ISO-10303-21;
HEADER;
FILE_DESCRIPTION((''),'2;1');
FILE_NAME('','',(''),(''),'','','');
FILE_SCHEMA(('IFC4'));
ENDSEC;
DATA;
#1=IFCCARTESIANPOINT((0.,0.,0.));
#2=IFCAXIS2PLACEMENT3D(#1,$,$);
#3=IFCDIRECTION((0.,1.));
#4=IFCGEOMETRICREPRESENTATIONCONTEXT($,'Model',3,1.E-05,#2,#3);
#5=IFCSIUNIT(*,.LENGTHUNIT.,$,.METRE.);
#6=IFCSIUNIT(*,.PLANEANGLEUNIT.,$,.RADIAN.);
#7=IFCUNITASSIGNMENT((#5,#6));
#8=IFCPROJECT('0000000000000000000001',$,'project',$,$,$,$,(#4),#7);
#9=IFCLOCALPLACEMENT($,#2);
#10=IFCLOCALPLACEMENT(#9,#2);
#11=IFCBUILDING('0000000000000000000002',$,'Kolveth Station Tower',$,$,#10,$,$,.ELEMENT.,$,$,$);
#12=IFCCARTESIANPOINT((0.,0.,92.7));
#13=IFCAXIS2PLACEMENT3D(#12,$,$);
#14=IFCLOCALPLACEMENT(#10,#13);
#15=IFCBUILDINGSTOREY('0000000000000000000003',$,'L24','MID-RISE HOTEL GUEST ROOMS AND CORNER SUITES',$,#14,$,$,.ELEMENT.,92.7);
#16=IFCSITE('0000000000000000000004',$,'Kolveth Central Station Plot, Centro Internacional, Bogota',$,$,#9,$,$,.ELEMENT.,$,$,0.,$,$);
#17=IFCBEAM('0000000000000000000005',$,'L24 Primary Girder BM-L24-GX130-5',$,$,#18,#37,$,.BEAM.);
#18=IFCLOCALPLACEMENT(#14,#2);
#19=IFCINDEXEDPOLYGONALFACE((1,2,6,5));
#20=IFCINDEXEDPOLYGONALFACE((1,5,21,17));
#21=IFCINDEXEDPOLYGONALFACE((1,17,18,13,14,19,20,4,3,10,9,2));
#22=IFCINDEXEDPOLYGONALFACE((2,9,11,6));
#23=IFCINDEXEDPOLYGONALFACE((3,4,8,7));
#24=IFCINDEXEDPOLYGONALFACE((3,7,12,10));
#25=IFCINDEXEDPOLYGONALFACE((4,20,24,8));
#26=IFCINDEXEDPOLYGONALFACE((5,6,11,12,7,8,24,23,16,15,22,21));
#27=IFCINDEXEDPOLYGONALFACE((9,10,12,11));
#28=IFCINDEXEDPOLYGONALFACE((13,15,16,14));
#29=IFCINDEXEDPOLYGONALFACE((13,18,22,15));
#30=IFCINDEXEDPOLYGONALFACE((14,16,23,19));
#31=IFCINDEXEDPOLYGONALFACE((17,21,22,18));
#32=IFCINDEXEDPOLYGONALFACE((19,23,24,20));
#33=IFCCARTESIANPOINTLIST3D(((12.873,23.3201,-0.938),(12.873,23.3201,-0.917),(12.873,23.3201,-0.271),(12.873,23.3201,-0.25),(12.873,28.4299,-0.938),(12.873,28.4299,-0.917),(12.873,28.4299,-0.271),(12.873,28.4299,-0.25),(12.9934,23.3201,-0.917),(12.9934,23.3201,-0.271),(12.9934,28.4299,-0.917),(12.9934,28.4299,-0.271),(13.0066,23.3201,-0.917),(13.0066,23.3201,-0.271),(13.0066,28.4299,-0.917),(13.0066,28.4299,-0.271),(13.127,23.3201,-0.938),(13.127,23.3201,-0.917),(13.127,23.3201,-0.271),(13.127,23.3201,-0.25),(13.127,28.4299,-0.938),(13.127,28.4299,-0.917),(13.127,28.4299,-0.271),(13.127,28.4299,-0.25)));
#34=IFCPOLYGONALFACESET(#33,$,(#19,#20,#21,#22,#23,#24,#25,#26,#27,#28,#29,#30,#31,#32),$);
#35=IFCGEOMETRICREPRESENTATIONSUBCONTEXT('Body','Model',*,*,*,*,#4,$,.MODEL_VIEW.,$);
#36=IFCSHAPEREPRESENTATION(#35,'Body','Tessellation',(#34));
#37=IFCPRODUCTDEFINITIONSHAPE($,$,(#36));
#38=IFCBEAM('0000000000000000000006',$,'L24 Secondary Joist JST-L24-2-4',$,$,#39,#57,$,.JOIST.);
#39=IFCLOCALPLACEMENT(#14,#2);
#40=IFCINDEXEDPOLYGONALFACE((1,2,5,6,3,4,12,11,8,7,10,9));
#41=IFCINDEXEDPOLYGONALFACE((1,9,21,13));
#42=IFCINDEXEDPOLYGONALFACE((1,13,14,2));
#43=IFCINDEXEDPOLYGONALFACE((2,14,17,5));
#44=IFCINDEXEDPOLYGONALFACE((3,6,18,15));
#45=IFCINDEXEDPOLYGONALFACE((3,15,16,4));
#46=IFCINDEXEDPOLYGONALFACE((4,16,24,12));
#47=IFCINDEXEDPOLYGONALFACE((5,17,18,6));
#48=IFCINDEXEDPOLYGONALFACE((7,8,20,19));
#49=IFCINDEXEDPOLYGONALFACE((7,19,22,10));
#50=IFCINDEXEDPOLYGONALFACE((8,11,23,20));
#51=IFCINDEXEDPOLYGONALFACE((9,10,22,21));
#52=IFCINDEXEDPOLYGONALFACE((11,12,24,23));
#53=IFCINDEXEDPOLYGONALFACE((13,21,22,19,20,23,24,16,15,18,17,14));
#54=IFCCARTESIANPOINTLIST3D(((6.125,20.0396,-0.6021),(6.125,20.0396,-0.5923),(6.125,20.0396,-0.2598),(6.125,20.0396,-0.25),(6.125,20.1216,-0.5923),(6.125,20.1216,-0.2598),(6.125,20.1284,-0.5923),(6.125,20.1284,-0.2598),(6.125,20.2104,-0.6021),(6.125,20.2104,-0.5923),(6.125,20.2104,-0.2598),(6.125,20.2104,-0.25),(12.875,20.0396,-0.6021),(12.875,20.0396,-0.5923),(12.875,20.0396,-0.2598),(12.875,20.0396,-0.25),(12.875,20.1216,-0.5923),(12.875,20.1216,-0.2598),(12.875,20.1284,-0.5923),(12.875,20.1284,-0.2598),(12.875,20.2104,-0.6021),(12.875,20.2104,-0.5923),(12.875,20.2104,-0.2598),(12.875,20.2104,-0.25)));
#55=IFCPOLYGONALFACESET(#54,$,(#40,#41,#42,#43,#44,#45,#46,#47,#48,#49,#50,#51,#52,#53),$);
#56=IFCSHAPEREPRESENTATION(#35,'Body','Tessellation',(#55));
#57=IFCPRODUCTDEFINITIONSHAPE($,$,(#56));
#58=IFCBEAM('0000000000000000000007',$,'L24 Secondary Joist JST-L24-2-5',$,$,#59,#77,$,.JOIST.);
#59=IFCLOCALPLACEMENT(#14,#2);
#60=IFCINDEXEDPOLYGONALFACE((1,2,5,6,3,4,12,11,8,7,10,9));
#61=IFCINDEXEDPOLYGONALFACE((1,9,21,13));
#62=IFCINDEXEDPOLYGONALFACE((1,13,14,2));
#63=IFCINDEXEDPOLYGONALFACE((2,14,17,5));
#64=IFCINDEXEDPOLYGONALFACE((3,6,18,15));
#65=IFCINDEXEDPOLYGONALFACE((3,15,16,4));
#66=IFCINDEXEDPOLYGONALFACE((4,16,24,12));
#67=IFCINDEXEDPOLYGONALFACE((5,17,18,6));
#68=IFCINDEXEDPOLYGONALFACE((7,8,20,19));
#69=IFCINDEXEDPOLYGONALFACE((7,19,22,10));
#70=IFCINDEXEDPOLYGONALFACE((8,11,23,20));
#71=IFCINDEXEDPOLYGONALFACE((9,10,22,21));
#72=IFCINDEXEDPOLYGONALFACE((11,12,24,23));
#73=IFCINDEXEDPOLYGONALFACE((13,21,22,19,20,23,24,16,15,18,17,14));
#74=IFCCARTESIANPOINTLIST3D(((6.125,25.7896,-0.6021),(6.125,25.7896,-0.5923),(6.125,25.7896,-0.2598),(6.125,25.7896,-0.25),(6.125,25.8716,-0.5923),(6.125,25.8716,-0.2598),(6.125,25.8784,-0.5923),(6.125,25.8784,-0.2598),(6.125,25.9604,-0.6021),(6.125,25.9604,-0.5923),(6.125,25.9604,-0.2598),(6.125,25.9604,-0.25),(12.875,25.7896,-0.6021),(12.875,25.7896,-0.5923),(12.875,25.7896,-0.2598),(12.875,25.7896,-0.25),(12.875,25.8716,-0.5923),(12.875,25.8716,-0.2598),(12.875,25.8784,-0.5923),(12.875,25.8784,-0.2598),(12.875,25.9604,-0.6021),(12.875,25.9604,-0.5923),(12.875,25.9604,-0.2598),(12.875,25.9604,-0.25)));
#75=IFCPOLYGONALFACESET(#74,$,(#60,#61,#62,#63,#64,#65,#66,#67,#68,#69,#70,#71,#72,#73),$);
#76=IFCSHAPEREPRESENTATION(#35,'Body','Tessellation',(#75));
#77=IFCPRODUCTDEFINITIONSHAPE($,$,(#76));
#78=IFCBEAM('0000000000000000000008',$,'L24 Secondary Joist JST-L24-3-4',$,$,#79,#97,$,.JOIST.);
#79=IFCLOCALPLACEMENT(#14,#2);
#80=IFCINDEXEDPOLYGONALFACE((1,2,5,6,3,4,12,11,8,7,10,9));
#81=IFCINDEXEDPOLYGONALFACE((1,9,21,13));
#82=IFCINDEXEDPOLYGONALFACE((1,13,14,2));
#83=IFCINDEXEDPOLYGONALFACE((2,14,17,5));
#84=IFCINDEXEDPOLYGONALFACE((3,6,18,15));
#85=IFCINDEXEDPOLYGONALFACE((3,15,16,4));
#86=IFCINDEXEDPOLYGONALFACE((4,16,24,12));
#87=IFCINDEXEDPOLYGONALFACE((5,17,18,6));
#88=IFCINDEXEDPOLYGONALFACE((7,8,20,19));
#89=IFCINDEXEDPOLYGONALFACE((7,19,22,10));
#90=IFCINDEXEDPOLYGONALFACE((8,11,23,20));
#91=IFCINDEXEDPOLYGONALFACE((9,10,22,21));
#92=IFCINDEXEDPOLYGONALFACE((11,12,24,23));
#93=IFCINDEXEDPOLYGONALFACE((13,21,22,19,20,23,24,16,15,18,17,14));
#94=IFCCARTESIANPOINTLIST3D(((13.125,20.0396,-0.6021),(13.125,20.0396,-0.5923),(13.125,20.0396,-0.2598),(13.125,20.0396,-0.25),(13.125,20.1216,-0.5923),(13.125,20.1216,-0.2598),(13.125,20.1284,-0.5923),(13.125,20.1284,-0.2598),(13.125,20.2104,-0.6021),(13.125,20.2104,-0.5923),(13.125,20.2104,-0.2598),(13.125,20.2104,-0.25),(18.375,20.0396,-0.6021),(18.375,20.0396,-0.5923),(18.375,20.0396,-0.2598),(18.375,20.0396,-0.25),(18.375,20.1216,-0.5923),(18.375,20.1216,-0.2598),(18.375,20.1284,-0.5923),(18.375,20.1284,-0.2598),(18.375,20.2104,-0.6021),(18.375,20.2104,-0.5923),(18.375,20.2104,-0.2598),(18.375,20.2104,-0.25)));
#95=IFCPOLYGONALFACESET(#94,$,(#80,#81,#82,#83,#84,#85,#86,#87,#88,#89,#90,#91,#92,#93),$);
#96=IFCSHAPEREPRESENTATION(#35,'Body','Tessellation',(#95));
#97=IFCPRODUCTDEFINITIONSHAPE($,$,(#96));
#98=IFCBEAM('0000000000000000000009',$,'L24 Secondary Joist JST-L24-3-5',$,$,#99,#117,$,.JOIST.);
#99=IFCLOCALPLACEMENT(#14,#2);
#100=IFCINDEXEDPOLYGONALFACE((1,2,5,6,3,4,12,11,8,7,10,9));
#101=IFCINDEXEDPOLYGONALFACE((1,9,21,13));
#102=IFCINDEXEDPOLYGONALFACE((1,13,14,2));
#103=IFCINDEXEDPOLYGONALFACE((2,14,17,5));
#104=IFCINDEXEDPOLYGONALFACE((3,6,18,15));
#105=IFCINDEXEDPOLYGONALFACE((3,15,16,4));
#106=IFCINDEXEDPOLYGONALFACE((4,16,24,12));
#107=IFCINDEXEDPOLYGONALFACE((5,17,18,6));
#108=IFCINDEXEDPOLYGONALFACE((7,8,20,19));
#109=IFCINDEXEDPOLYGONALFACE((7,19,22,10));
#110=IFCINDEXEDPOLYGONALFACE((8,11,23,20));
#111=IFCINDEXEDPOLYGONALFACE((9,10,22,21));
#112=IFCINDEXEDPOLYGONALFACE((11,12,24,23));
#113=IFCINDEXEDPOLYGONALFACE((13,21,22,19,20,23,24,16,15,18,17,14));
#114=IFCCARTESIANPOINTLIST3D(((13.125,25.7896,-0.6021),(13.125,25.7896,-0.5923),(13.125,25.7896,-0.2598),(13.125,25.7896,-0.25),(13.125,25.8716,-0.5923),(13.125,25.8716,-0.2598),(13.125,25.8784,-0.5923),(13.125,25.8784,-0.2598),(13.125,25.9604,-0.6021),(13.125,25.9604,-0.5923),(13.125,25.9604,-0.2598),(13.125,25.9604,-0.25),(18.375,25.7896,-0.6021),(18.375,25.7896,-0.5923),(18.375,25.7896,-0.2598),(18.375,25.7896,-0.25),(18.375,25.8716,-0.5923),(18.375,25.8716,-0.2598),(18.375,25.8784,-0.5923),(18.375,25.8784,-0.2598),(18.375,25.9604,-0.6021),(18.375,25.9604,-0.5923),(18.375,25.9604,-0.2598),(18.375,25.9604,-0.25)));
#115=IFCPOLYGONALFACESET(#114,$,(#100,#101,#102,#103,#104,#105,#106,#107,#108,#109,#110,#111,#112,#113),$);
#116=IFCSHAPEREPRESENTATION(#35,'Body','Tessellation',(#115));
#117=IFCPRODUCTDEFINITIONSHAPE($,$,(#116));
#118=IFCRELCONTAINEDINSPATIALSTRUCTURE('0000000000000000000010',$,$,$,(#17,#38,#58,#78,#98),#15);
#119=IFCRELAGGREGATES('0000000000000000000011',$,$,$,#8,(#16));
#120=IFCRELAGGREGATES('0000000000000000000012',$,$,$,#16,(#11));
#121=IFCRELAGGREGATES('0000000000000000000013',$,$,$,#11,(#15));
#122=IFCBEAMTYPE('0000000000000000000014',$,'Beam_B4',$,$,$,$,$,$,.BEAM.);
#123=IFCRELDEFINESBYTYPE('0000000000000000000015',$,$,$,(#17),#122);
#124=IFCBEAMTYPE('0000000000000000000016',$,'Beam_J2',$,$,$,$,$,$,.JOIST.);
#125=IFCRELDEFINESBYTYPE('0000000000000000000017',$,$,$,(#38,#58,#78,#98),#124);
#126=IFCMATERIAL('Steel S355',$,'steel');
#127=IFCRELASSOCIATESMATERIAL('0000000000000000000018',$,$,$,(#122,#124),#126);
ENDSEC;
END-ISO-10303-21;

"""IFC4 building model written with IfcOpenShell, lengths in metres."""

from ifc_helpers import new_model, si_unit, direction, frame, origin, origin_2d, place, context, subcontext, project, spatial, i_section, extrude, source, transform, mapped, material, material_profile, profile_set, type_object, element, save


model = new_model("IFC4")

# Units and contexts
model_context = context("Model", 3, precision=1e-05, world=origin(), true_north=direction((0.0, 1.0)))
body_context = subcontext(model_context, "Body", "Model", "MODEL_VIEW")
ifc_project = project(units=[si_unit("LENGTHUNIT", "METRE"), si_unit("PLANEANGLEUNIT", "RADIAN")], contexts=[model_context])

# Site, building, storey
site_placement = place(None, origin())
site = spatial("IfcSite", under=ifc_project, at=site_placement, Name="Kolveth Central Station Plot, Centro Internacional, Bogota", CompositionType="ELEMENT", RefElevation=0.0)
building_placement = place(site_placement, origin())
building = spatial("IfcBuilding", under=site, at=building_placement, Name="Kolveth Station Tower", CompositionType="ELEMENT")
storey_placement = place(building_placement, frame((0.0, 0.0, 92.7)))
storey = spatial("IfcBuildingStorey", under=building, at=storey_placement, Name="L24", Description="MID-RISE HOTEL GUEST ROOMS AND CORNER SUITES", CompositionType="ELEMENT", Elevation=92.7)

# Shared definitions
ifc_material_1 = material(Name="Steel S355", Category="steel")

# Beams
ifc_material_profile_1 = material_profile(ifc_material_1, i_section(OverallWidth=0.2539, OverallDepth=0.688, WebThickness=0.0132, FlangeThickness=0.021, at=origin_2d()), Name="W690x152")
ifc_profile_set_1 = profile_set([ifc_material_profile_1], Name="Steel S355")
beam_type_1 = type_object("IfcBeamType", Name="Beam_B4", PredefinedType="BEAM", material=ifc_profile_set_1)
shared_shape_1 = source(origin(), body_context, "Body", "SweptSolid", [
    extrude(i_section(OverallWidth=0.2539, OverallDepth=0.688, WebThickness=0.0132, FlangeThickness=0.021, at=origin_2d()), origin(), (0.0, 0.0, 1.0), 5.1099),
])
for number, where, z_axis, x_axis, name in (
    (1, (13.0, 23.3201, -0.594), (0.0, 1.0, 0.0), (-1.0, 0.0, 0.0), "L24 Primary Girder BM-L24-GX130-5"),
):
    element("IfcBeam", number, at=place(storey_placement, frame(where, z_axis=z_axis, x_axis=x_axis)), inside=storey, type_object=beam_type_1, Name=name, PredefinedType="BEAM", context=body_context, shape_type="MappedRepresentation", body=[
        mapped(shared_shape_1, transform((0.0, 0.0, 0.0), x_axis=(1.0, 0.0, 0.0), y_axis=(0.0, 1.0, 0.0), z_axis=(0.0, 0.0, 1.0), scale=1.0)),
    ])
ifc_material_profile_2 = material_profile(ifc_material_1, i_section(OverallWidth=0.1709, OverallDepth=0.3521, WebThickness=0.0068, FlangeThickness=0.0098, at=origin_2d()), Name="W360x44")
ifc_profile_set_2 = profile_set([ifc_material_profile_2], Name="Steel S355")
beam_type_2 = type_object("IfcBeamType", Name="Beam_J2", PredefinedType="JOIST", material=ifc_profile_set_2)
shared_shape_2 = source(origin(), body_context, "Body", "SweptSolid", [
    extrude(i_section(OverallWidth=0.1709, OverallDepth=0.3521, WebThickness=0.0068, FlangeThickness=0.0098, at=origin_2d()), origin(), (0.0, 0.0, 1.0), 6.75),
])
for number, where, z_axis, x_axis, name in (
    (2, (6.125, 20.125, -0.426), (1.0, 0.0, 0.0), (0.0, 1.0, 0.0), "L24 Secondary Joist JST-L24-2-4"),
    (3, (6.125, 25.875, -0.426), (1.0, 0.0, 0.0), (0.0, 1.0, 0.0), "L24 Secondary Joist JST-L24-2-5"),
):
    element("IfcBeam", number, at=place(storey_placement, frame(where, z_axis=z_axis, x_axis=x_axis)), inside=storey, type_object=beam_type_2, Name=name, PredefinedType="JOIST", context=body_context, shape_type="MappedRepresentation", body=[
        mapped(shared_shape_2, transform((0.0, 0.0, 0.0), x_axis=(1.0, 0.0, 0.0), y_axis=(0.0, 1.0, 0.0), z_axis=(0.0, 0.0, 1.0), scale=1.0)),
    ])
shared_shape_3 = source(origin(), body_context, "Body", "SweptSolid", [
    extrude(i_section(OverallWidth=0.1709, OverallDepth=0.3521, WebThickness=0.0068, FlangeThickness=0.0098, at=origin_2d()), origin(), (0.0, 0.0, 1.0), 5.25),
])
for number, where, z_axis, x_axis, name in (
    (4, (13.125, 20.125, -0.426), (1.0, 0.0, 0.0), (0.0, 1.0, 0.0), "L24 Secondary Joist JST-L24-3-4"),
    (5, (13.125, 25.875, -0.426), (1.0, 0.0, 0.0), (0.0, 1.0, 0.0), "L24 Secondary Joist JST-L24-3-5"),
):
    element("IfcBeam", number, at=place(storey_placement, frame(where, z_axis=z_axis, x_axis=x_axis)), inside=storey, type_object=beam_type_2, Name=name, PredefinedType="JOIST", context=body_context, shape_type="MappedRepresentation", body=[
        mapped(shared_shape_3, transform((0.0, 0.0, 0.0), x_axis=(1.0, 0.0, 0.0), y_axis=(0.0, 1.0, 0.0), z_axis=(0.0, 0.0, 1.0), scale=1.0)),
    ])

save(model, "model.ifc")
